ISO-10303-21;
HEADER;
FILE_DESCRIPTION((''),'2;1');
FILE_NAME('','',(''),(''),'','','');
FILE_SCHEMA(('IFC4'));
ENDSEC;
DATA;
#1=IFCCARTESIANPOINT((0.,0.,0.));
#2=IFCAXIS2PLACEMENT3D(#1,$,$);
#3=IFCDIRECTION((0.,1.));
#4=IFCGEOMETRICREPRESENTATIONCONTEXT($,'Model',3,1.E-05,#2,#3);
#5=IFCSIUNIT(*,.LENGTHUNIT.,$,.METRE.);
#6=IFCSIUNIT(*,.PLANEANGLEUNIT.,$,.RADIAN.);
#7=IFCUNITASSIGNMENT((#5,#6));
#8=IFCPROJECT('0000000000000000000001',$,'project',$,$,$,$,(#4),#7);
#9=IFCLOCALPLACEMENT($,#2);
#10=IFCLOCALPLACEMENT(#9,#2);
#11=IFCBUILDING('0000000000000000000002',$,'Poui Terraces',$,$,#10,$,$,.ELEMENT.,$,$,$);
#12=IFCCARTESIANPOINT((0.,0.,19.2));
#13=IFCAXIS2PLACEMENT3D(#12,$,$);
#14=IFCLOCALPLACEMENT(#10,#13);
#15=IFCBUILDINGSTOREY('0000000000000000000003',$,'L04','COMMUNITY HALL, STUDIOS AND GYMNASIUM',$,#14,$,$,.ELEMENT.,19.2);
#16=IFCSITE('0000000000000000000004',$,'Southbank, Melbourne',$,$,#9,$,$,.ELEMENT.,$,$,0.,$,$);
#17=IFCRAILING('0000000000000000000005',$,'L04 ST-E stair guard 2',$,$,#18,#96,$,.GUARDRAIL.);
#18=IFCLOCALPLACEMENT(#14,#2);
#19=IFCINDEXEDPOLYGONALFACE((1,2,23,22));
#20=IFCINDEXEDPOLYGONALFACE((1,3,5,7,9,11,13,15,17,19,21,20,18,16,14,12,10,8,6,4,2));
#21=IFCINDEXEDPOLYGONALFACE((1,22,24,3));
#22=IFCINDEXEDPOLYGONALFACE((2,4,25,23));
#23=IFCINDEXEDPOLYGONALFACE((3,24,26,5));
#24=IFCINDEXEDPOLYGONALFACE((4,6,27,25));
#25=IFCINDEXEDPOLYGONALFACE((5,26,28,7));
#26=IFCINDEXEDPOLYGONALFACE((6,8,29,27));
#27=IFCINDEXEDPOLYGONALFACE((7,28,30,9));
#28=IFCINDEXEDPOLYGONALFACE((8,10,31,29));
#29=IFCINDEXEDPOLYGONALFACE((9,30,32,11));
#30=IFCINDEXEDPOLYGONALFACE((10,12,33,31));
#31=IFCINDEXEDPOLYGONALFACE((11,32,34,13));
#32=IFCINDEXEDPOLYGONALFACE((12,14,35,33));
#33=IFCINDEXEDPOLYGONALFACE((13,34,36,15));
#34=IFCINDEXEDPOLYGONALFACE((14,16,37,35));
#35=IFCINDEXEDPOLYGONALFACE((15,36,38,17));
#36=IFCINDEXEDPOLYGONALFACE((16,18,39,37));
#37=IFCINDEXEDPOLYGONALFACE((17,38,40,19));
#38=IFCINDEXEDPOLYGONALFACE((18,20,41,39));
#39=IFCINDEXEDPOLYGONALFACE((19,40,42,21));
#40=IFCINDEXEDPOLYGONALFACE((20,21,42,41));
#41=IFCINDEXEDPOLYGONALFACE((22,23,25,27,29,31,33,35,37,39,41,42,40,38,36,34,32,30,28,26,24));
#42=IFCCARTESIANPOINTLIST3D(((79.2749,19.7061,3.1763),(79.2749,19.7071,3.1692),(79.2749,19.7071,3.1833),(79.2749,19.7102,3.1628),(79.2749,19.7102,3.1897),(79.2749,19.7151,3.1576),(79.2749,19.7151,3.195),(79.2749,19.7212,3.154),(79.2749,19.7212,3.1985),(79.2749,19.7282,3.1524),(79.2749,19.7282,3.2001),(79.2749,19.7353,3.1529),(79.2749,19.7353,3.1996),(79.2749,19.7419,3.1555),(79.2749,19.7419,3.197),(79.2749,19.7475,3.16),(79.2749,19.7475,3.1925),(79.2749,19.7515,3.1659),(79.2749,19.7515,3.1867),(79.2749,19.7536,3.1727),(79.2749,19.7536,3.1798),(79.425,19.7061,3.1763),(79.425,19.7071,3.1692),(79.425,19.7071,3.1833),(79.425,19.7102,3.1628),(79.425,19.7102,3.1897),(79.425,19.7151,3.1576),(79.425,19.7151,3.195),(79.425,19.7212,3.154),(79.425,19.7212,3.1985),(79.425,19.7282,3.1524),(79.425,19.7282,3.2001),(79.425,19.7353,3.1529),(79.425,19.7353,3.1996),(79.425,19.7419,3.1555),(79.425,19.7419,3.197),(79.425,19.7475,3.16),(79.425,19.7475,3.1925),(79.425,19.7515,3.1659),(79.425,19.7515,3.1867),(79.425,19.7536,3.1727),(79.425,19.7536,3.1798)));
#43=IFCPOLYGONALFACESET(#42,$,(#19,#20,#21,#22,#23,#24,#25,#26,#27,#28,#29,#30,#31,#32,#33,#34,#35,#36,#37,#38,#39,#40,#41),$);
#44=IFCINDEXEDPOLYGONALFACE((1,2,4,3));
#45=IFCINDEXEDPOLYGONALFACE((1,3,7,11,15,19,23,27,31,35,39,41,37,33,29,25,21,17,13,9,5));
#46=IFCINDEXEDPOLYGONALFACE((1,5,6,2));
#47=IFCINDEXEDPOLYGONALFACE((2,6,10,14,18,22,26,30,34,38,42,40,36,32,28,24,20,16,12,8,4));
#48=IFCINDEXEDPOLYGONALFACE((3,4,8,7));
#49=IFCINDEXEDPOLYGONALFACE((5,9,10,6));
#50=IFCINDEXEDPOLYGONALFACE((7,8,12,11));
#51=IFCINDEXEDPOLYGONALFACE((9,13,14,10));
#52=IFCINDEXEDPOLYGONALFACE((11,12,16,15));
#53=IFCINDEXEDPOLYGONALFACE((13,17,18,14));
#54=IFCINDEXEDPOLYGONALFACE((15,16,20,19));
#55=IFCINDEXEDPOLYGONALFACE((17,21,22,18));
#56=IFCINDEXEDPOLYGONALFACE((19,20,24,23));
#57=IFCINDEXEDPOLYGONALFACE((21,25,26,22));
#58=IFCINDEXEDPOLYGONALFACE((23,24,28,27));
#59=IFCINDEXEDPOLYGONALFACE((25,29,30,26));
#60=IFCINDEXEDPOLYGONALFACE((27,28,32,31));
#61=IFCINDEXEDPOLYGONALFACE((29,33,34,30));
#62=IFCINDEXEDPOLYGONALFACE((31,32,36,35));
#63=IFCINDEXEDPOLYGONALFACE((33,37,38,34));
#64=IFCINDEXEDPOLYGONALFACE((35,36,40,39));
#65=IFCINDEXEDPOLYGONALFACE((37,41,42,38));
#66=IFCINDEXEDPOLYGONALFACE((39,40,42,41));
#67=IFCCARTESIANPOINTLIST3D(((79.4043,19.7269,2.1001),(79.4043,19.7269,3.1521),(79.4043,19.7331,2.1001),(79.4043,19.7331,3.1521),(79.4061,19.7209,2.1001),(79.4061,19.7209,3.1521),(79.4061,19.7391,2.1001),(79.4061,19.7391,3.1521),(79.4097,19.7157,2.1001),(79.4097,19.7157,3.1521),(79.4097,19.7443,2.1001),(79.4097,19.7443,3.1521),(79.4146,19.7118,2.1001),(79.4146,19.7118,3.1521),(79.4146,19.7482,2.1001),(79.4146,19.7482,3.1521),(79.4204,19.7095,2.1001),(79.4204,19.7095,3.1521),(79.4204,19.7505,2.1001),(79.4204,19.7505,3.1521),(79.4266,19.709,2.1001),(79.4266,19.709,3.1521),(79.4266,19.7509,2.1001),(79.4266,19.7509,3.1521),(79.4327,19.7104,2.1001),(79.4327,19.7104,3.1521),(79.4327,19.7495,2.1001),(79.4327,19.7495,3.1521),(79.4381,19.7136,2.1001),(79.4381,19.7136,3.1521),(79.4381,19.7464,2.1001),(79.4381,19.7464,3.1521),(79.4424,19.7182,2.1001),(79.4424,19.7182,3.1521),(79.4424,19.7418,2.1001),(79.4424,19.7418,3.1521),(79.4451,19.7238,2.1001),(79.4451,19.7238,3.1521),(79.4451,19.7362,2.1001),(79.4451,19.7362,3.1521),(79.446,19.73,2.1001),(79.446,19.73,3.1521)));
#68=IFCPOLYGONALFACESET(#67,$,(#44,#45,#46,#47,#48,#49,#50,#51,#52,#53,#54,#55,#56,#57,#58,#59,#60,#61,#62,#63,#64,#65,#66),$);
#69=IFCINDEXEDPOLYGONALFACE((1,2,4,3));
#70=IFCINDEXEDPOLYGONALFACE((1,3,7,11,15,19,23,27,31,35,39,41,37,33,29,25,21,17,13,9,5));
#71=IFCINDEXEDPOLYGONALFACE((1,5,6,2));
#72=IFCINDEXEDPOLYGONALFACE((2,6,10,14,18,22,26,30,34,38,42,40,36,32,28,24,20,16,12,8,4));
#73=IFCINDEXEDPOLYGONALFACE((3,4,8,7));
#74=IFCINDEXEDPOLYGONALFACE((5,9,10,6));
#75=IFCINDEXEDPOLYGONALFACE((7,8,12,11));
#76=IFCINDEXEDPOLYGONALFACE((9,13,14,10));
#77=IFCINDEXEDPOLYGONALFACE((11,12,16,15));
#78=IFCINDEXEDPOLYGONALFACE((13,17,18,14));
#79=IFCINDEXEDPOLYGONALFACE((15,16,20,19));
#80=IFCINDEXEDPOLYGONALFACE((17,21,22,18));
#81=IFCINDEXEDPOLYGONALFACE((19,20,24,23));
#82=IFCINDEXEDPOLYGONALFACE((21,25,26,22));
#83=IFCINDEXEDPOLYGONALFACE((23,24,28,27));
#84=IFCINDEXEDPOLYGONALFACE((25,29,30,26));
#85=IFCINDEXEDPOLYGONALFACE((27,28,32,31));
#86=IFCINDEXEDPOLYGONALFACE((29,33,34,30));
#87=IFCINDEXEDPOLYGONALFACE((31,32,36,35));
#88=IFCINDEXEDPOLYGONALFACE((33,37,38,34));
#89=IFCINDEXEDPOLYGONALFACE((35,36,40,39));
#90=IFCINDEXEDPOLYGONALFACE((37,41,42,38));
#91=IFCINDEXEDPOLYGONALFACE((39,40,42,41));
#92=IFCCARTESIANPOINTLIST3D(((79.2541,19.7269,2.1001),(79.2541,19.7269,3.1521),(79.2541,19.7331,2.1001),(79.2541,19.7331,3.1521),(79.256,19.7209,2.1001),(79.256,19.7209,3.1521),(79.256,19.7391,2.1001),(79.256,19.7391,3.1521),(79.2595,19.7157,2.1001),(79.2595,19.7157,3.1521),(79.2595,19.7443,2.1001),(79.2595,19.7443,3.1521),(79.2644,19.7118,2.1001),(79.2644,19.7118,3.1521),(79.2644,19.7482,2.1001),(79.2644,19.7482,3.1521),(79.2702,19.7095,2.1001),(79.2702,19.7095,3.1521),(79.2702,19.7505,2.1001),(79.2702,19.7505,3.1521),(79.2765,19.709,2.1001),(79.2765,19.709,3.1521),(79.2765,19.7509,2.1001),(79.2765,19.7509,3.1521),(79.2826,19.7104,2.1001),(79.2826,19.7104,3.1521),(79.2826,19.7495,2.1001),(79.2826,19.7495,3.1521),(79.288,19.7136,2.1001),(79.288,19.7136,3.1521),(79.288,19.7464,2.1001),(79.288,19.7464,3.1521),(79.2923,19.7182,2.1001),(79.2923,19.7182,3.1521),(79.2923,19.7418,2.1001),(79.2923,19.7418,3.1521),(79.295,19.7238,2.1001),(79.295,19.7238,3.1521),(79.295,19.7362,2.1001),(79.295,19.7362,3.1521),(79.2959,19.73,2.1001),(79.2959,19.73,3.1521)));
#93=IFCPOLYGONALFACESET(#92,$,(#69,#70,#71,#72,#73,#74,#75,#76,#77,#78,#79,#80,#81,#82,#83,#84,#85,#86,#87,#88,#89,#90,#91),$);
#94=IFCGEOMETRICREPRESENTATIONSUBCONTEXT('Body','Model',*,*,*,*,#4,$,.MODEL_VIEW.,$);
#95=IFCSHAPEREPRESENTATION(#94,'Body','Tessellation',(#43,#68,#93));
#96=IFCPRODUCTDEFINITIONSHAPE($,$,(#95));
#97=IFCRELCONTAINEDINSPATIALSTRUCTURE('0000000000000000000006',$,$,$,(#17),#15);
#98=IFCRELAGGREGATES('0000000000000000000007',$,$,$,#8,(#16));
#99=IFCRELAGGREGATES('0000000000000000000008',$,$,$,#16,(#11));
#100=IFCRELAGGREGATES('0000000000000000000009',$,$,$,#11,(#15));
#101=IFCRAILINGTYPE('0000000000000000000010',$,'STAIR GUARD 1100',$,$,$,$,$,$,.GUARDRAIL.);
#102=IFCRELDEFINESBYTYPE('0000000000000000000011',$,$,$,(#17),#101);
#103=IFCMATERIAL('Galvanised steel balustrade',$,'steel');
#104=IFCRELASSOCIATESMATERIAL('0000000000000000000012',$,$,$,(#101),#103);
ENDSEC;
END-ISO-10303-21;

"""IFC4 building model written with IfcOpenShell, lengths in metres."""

from ifc_helpers import new_model, si_unit, direction, frame, origin, origin_2d, place, context, subcontext, project, spatial, circle, extrude, material, type_object, element, save


model = new_model("IFC4")

# Units and contexts
model_context = context("Model", 3, precision=1e-05, world=origin(), true_north=direction((0.0, 1.0)))
body_context = subcontext(model_context, "Body", "Model", "MODEL_VIEW")
ifc_project = project(units=[si_unit("LENGTHUNIT", "METRE"), si_unit("PLANEANGLEUNIT", "RADIAN")], contexts=[model_context])

# Site, building, storey
site_placement = place(None, origin())
site = spatial("IfcSite", under=ifc_project, at=site_placement, Name="Southbank, Melbourne", CompositionType="ELEMENT", RefElevation=0.0)
building_placement = place(site_placement, origin())
building = spatial("IfcBuilding", under=site, at=building_placement, Name="Poui Terraces", CompositionType="ELEMENT")
storey_placement = place(building_placement, frame((0.0, 0.0, 19.2)))
storey = spatial("IfcBuildingStorey", under=building, at=storey_placement, Name="L04", Description="COMMUNITY HALL, STUDIOS AND GYMNASIUM", CompositionType="ELEMENT", Elevation=19.2)

# Railing
ifc_material_1 = material(Name="Galvanised steel balustrade", Category="steel")
railing_type_1 = type_object("IfcRailingType", Name="STAIR GUARD 1100", PredefinedType="GUARDRAIL", material=ifc_material_1)
railing_1_placement = place(storey_placement, frame((79.425, 19.73, 2.1001)))
element("IfcRailing", 1, at=railing_1_placement, inside=storey, type_object=railing_type_1, Name="L04 ST-E stair guard 2", PredefinedType="GUARDRAIL", context=body_context, shape_type="SweptSolid", body=[
    extrude(circle(Radius=0.0239, at=origin_2d()), frame((0.0, 0.0, 1.0762), z_axis=(-1.0, 0.0, 0.0), x_axis=(0.0, -1.0, 0.0)), (0.0, 0.0, 1.0), 0.1501),
    extrude(circle(Radius=0.021, at=origin_2d()), origin(), (0.0, 0.0, 1.0), 1.052),
    extrude(circle(Radius=0.021, at=origin_2d()), frame((-0.1501, 0.0, 0.0)), (0.0, 0.0, 1.0), 1.052),
])

save(model, "model.ifc")
